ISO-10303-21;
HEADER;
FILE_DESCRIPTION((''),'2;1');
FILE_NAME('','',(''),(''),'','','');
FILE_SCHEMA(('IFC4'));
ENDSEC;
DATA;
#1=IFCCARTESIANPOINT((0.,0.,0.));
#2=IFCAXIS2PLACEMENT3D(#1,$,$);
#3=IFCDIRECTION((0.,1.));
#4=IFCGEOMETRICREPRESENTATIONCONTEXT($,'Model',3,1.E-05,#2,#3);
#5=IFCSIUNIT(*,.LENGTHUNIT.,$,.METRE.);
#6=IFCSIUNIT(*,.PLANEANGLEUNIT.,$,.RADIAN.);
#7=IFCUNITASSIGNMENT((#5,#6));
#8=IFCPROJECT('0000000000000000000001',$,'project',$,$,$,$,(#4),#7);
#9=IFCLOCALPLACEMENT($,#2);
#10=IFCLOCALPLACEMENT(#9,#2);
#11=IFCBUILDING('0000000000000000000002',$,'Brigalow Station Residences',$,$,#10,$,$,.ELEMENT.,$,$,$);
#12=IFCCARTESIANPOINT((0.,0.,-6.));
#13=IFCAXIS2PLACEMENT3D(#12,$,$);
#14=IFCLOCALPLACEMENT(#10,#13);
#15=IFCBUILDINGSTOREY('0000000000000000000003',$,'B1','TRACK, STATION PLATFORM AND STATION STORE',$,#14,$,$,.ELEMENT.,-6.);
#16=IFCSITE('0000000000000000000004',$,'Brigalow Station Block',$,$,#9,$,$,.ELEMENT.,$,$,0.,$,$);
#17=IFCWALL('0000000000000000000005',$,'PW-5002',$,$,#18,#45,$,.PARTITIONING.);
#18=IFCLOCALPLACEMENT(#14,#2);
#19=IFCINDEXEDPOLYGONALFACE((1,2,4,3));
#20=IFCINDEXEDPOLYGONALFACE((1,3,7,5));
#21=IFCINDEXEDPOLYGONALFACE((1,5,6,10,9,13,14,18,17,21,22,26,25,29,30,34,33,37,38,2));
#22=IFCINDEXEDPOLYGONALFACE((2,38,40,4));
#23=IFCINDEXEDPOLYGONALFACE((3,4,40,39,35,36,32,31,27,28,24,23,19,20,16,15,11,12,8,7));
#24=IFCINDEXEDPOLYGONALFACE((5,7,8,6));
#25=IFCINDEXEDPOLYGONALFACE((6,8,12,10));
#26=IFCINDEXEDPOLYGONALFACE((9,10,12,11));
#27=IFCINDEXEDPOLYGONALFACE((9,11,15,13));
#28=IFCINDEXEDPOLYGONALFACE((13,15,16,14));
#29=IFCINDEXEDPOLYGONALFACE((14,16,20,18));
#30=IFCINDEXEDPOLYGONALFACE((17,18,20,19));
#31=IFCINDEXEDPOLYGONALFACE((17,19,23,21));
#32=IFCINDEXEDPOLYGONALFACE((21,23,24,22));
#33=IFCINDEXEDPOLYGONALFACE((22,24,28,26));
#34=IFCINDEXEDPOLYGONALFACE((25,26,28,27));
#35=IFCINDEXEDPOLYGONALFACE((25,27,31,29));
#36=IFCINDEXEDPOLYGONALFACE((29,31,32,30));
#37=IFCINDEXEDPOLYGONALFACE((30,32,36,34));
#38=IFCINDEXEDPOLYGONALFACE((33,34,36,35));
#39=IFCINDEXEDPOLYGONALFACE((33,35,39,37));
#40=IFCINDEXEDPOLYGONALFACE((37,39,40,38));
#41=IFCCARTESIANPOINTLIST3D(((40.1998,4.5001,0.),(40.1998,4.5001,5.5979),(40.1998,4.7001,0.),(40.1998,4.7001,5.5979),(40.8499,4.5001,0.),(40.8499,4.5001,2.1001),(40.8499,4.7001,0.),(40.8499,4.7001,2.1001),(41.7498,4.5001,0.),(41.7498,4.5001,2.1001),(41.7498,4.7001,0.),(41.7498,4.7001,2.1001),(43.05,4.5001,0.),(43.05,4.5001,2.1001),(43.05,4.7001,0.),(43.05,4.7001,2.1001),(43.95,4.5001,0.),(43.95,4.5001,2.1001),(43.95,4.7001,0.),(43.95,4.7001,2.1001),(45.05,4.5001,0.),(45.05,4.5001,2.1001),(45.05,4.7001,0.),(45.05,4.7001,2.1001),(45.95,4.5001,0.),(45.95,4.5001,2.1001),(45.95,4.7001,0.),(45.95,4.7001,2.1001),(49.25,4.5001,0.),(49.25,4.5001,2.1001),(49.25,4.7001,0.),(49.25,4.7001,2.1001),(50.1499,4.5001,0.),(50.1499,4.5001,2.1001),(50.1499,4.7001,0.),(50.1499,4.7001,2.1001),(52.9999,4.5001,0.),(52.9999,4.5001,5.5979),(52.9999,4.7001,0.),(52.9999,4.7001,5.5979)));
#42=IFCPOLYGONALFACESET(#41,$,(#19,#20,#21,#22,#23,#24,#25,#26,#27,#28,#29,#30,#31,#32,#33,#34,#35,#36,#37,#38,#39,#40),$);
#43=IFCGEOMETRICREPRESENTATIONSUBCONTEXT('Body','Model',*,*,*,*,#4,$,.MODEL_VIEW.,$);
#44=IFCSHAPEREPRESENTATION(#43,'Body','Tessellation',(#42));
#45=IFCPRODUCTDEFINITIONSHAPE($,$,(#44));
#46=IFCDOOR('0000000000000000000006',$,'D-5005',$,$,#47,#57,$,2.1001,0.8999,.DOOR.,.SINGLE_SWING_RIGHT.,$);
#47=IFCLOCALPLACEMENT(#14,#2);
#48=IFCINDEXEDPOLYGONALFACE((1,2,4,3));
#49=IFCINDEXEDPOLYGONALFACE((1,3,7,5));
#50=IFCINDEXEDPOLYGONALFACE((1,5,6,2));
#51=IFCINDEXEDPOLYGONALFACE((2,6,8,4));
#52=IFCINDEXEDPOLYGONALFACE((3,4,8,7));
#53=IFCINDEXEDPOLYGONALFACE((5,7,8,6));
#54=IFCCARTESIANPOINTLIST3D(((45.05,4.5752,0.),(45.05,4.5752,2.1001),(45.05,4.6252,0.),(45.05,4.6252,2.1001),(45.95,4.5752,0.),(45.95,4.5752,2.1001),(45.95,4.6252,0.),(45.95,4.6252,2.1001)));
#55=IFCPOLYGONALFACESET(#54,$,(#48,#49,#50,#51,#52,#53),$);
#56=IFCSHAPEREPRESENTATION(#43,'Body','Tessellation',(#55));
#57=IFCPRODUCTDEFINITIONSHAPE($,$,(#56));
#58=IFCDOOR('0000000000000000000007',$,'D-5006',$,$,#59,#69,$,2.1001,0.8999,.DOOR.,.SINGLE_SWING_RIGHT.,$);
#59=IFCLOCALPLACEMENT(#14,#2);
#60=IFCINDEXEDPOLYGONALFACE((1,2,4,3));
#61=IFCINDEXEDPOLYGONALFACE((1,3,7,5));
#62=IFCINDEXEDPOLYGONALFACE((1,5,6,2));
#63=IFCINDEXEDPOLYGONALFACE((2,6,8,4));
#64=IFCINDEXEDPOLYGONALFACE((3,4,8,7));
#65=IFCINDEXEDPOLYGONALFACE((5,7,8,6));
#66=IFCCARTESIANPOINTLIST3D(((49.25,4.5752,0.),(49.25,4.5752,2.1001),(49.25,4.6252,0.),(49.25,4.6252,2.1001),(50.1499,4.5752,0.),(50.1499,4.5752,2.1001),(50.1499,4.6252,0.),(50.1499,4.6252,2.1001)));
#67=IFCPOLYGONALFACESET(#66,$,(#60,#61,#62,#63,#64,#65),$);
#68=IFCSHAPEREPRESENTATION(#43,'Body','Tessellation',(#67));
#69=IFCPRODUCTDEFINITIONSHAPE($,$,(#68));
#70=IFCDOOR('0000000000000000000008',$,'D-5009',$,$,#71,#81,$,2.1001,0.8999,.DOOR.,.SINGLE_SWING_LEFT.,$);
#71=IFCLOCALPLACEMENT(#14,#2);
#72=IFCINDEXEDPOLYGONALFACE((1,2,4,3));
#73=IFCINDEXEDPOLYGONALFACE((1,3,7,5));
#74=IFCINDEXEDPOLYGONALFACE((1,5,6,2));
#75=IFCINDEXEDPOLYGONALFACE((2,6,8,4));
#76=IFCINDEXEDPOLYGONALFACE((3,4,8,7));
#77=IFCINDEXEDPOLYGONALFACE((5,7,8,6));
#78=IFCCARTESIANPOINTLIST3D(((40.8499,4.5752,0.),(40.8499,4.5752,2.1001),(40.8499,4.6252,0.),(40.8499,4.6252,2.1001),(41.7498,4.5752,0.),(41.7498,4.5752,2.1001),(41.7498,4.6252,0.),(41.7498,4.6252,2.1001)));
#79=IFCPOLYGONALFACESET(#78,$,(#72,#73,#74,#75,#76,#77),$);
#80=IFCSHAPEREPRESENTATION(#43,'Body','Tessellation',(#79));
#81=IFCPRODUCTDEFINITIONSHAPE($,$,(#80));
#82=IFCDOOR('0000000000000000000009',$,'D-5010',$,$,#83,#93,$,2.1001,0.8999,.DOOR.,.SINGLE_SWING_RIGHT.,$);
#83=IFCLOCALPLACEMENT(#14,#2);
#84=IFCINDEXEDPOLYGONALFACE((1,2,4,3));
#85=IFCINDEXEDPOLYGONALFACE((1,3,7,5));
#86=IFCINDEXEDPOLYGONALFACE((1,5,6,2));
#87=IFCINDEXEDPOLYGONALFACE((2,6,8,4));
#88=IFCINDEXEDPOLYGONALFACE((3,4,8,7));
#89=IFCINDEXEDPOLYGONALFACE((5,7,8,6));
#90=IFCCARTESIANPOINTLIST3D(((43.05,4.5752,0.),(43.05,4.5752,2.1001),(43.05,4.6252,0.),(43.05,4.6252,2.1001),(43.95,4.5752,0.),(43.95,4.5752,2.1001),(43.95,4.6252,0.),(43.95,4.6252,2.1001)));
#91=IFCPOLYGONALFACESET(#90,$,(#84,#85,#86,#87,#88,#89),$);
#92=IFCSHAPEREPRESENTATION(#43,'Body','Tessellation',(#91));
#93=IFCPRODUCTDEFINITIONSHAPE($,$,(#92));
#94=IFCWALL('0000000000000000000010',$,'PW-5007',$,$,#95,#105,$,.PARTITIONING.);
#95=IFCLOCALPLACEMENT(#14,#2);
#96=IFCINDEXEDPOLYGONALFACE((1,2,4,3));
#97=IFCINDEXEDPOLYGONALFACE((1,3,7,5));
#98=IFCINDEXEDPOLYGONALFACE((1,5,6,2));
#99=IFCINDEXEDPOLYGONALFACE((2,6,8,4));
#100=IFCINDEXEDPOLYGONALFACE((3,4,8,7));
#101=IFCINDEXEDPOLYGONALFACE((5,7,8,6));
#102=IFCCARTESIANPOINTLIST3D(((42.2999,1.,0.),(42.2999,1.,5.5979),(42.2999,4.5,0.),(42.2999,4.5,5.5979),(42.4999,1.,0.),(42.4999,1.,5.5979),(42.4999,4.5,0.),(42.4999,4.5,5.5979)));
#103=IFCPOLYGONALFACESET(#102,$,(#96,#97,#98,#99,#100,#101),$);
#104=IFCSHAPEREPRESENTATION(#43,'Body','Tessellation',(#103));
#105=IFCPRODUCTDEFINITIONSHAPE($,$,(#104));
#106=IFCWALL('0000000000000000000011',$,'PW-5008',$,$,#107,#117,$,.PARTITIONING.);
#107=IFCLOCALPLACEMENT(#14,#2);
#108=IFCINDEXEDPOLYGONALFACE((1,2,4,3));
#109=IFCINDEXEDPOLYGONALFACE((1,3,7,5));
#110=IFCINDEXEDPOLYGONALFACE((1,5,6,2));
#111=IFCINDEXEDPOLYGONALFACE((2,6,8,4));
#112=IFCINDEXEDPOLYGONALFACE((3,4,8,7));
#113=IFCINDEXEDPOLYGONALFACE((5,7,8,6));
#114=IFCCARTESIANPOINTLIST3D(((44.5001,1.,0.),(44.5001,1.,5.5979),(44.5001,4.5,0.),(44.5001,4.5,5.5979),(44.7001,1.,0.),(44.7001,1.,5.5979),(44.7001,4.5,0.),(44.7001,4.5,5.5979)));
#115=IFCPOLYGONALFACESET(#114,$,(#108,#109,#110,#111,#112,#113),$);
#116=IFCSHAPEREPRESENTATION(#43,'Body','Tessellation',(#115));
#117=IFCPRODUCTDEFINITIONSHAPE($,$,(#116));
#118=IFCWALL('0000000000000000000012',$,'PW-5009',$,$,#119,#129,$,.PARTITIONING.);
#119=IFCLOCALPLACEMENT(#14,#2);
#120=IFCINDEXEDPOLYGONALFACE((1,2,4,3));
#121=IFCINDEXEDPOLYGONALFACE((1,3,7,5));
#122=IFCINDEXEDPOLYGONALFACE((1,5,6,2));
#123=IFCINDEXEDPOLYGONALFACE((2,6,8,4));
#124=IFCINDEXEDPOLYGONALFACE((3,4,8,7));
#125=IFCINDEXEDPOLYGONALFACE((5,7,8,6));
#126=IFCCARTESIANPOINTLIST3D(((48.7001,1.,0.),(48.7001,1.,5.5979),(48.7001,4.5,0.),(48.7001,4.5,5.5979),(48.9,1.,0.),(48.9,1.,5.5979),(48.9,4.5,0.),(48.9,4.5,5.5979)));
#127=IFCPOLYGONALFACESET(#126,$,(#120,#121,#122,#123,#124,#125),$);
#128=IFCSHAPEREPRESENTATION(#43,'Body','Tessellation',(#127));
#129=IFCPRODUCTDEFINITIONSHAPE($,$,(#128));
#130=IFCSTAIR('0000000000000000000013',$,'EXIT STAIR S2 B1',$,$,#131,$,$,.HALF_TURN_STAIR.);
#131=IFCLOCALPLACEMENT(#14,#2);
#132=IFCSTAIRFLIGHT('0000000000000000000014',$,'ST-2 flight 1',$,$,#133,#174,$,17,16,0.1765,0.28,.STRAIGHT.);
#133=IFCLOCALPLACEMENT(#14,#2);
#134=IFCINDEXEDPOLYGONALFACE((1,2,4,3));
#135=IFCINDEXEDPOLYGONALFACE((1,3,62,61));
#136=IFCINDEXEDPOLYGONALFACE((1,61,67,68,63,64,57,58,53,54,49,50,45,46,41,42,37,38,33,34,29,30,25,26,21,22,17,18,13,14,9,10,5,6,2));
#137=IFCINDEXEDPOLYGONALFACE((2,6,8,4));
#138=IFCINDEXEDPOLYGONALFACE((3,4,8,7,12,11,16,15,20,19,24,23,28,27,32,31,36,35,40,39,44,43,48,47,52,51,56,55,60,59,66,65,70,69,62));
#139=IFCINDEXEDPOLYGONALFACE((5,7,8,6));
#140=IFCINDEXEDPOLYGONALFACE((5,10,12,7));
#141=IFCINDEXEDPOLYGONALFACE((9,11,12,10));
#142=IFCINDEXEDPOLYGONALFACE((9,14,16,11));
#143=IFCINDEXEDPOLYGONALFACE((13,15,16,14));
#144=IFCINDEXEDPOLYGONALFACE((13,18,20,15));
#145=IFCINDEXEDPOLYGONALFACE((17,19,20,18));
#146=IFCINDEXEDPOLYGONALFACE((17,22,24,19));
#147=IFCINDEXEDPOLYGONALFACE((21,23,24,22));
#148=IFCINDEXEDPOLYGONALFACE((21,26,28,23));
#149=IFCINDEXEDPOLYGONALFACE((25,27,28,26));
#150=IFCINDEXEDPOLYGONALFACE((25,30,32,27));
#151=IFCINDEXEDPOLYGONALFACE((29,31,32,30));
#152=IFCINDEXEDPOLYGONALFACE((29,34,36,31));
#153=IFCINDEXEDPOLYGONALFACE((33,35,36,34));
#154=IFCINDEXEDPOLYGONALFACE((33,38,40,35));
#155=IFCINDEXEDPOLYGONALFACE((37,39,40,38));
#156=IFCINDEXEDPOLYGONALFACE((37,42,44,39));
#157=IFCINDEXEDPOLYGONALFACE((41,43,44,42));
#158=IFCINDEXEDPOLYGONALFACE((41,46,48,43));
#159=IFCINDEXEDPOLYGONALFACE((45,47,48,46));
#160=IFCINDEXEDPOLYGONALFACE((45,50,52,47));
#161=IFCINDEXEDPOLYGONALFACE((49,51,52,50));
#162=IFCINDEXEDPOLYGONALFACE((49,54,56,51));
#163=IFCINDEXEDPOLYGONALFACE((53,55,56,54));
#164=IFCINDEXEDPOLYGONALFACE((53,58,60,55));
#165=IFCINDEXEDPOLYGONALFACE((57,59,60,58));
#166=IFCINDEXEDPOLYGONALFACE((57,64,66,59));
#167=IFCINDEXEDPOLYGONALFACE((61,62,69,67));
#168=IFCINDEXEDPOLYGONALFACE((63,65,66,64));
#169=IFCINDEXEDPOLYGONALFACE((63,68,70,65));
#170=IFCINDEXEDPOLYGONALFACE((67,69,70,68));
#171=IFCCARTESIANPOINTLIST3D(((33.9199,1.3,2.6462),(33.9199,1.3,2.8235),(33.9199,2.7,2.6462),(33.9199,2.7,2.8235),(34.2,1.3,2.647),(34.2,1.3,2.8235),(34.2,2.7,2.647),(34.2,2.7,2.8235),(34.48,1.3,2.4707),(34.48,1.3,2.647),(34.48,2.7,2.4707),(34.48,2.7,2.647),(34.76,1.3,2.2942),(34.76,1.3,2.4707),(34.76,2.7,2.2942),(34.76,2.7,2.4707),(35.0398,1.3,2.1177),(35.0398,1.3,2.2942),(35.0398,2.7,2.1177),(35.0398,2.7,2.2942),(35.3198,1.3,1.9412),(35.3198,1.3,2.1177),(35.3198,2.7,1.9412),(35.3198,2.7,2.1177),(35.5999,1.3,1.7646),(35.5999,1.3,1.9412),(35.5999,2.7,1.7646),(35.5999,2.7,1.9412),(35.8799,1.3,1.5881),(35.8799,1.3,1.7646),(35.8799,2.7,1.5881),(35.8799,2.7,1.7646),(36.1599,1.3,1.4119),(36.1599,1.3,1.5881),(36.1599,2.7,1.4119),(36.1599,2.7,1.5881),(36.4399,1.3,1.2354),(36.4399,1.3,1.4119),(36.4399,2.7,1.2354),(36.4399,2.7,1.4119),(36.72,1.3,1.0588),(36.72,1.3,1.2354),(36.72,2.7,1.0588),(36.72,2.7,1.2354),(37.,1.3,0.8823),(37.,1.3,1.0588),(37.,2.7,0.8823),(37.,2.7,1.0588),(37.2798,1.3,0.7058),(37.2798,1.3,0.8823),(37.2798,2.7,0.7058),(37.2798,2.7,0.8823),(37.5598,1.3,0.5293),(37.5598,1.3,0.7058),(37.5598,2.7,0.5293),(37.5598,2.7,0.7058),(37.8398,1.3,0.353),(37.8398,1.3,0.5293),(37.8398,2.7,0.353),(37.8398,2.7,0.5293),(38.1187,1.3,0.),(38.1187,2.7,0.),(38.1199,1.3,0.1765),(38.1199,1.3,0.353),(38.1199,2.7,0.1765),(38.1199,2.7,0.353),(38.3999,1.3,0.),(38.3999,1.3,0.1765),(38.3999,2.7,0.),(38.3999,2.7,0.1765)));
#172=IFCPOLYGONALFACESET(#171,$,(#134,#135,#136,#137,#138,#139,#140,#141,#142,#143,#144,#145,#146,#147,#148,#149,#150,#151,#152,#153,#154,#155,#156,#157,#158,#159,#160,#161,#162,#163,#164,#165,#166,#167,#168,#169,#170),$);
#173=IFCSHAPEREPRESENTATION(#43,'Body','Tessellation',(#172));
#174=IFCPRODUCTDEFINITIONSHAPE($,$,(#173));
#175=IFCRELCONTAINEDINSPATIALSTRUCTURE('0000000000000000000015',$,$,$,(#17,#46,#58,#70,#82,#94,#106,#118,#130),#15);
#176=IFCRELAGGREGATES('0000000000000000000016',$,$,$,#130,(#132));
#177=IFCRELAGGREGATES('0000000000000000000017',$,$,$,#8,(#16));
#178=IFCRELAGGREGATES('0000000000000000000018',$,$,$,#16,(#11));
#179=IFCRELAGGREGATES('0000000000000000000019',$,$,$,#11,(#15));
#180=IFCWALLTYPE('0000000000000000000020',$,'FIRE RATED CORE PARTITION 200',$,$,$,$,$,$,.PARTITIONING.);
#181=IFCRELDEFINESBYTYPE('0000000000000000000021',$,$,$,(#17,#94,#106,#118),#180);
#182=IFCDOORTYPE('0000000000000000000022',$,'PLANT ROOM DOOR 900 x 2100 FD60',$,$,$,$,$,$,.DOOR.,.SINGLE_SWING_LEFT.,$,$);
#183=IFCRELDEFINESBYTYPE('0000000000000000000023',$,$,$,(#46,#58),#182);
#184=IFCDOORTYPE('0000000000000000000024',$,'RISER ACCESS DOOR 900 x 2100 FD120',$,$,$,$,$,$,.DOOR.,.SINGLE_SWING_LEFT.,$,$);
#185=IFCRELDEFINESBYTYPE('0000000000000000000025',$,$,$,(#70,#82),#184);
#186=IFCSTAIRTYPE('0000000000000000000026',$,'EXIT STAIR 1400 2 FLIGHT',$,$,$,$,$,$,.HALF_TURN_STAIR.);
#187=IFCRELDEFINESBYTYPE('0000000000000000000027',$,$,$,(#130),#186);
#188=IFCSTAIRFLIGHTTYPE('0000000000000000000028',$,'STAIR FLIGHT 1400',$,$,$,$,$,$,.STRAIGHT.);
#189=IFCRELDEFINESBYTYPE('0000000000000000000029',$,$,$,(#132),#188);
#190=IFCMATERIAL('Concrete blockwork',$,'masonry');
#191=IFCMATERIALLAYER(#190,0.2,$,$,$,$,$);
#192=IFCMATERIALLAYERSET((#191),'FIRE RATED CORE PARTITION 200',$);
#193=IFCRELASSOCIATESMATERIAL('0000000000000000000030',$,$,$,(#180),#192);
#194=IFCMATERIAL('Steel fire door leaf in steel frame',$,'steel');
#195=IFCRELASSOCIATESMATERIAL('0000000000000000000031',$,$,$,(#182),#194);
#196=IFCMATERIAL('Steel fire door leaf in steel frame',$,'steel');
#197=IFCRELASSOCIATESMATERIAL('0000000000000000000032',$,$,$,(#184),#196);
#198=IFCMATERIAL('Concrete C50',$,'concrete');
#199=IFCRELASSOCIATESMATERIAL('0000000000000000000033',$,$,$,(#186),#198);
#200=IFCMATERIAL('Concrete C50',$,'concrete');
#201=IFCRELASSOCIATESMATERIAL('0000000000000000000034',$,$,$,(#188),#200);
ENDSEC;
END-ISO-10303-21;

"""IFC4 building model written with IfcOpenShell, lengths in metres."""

from ifc_helpers import new_model, si_unit, direction, frame, frame_2d, origin, place, context, subcontext, project, spatial, polyline, rectangle, outline, extrude, material, layer, layer_set, type_object, element, fill, aggregate, save


model = new_model("IFC4")

# Units and contexts
model_context = context("Model", 3, precision=1e-05, world=origin(), true_north=direction((0.0, 1.0)))
body_context = subcontext(model_context, "Body", "Model", "MODEL_VIEW")
ifc_project = project(units=[si_unit("LENGTHUNIT", "METRE"), si_unit("PLANEANGLEUNIT", "RADIAN")], contexts=[model_context])

# Site, building, storey
site_placement = place(None, origin())
site = spatial("IfcSite", under=ifc_project, at=site_placement, Name="Brigalow Station Block", CompositionType="ELEMENT", RefElevation=0.0)
building_placement = place(site_placement, origin())
building = spatial("IfcBuilding", under=site, at=building_placement, Name="Brigalow Station Residences", CompositionType="ELEMENT")
storey_placement = place(building_placement, frame((0.0, 0.0, -6.0)))
storey = spatial("IfcBuildingStorey", under=building, at=storey_placement, Name="B1", Description="TRACK, STATION PLATFORM AND STATION STORE", CompositionType="ELEMENT", Elevation=-6.0)

# Wall, openings, doors
ifc_material_1 = material(Name="Concrete blockwork", Category="masonry")
ifc_layer_1 = layer(ifc_material_1, 0.2)
ifc_layer_set_1 = layer_set([ifc_layer_1], Name="FIRE RATED CORE PARTITION 200")
wall_type_1 = type_object("IfcWallType", Name="FIRE RATED CORE PARTITION 200", PredefinedType="PARTITIONING", material=ifc_layer_set_1)
wall_1_placement = place(storey_placement, frame((40.2, 4.6001, 0.0), z_axis=(0.0, 0.0, 1.0), x_axis=(1.0, 0.0, 0.0)))
wall_1 = element("IfcWall", 1, at=wall_1_placement, inside=storey, type_object=wall_type_1, Name="PW-5002", PredefinedType="PARTITIONING", context=body_context, shape_type="SweptSolid", body=[
    extrude(rectangle(XDim=12.8, YDim=0.2, at=frame_2d((6.3999, 0.0))), origin(), (0.0, 0.0, 1.0), 5.5979),
])
opening_1_placement = place(wall_1_placement, frame((4.8501, 0.0, 0.0)))
opening_1 = element("IfcOpeningElement", 2, at=opening_1_placement, cuts=wall_1, PredefinedType="OPENING", context=body_context, shape_type="SweptSolid", body=[
    extrude(rectangle(XDim=0.8999, YDim=2.1001, at=frame_2d((0.45, 1.05))), frame((0.0, 0.1099, 0.0), z_axis=(0.0, -1.0, 0.0), x_axis=(1.0, 0.0, 0.0)), (0.0, 0.0, 1.0), 0.22),
])
opening_2_placement = place(wall_1_placement, frame((9.05, 0.0, 0.0)))
opening_2 = element("IfcOpeningElement", 3, at=opening_2_placement, cuts=wall_1, PredefinedType="OPENING", context=body_context, shape_type="SweptSolid", body=[
    extrude(rectangle(XDim=0.8999, YDim=2.1001, at=frame_2d((0.45, 1.05))), frame((0.0, 0.1099, 0.0), z_axis=(0.0, -1.0, 0.0), x_axis=(1.0, 0.0, 0.0)), (0.0, 0.0, 1.0), 0.22),
])
opening_3_placement = place(wall_1_placement, frame((0.6499, 0.0, 0.0)))
opening_3 = element("IfcOpeningElement", 4, at=opening_3_placement, cuts=wall_1, PredefinedType="OPENING", context=body_context, shape_type="SweptSolid", body=[
    extrude(rectangle(XDim=0.8999, YDim=2.1001, at=frame_2d((0.45, 1.05))), frame((0.0, 0.1099, 0.0), z_axis=(0.0, -1.0, 0.0), x_axis=(1.0, 0.0, 0.0)), (0.0, 0.0, 1.0), 0.22),
])
opening_4_placement = place(wall_1_placement, frame((2.8501, 0.0, 0.0)))
opening_4 = element("IfcOpeningElement", 5, at=opening_4_placement, cuts=wall_1, PredefinedType="OPENING", context=body_context, shape_type="SweptSolid", body=[
    extrude(rectangle(XDim=0.8999, YDim=2.1001, at=frame_2d((0.45, 1.05))), frame((0.0, 0.1099, 0.0), z_axis=(0.0, -1.0, 0.0), x_axis=(1.0, 0.0, 0.0)), (0.0, 0.0, 1.0), 0.22),
])
ifc_material_2 = material(Name="Steel fire door leaf in steel frame", Category="steel")
door_type_1 = type_object("IfcDoorType", Name="PLANT ROOM DOOR 900 x 2100 FD60", OperationType="SINGLE_SWING_LEFT", PredefinedType="DOOR", material=ifc_material_2)
door_1_placement = place(opening_1_placement, frame((0.8999, 0.0, 0.0), z_axis=(0.0, 0.0, 1.0), x_axis=(-1.0, 0.0, 0.0)))
door_1 = element("IfcDoor", 6, at=door_1_placement, inside=storey, type_object=door_type_1, Name="D-5005", OperationType="SINGLE_SWING_RIGHT", OverallHeight=2.1001, OverallWidth=0.8999, PredefinedType="DOOR", context=body_context, shape_type="SweptSolid", body=[
    extrude(rectangle(XDim=0.8999, YDim=2.1001, at=frame_2d((0.45, 1.05))), frame((0.0, 0.0249, 0.0), z_axis=(0.0, -1.0, 0.0), x_axis=(1.0, 0.0, 0.0)), (0.0, 0.0, 1.0), 0.05),
])
fill(opening_1, door_1)
door_2_placement = place(opening_2_placement, frame((0.8999, 0.0, 0.0), z_axis=(0.0, 0.0, 1.0), x_axis=(-1.0, 0.0, 0.0)))
door_2 = element("IfcDoor", 7, at=door_2_placement, inside=storey, type_object=door_type_1, Name="D-5006", OperationType="SINGLE_SWING_RIGHT", OverallHeight=2.1001, OverallWidth=0.8999, PredefinedType="DOOR", context=body_context, shape_type="SweptSolid", body=[
    extrude(rectangle(XDim=0.8999, YDim=2.1001, at=frame_2d((0.45, 1.05))), frame((0.0, 0.0249, 0.0), z_axis=(0.0, -1.0, 0.0), x_axis=(1.0, 0.0, 0.0)), (0.0, 0.0, 1.0), 0.05),
])
fill(opening_2, door_2)
ifc_material_3 = material(Name="Steel fire door leaf in steel frame", Category="steel")
door_type_2 = type_object("IfcDoorType", Name="RISER ACCESS DOOR 900 x 2100 FD120", OperationType="SINGLE_SWING_LEFT", PredefinedType="DOOR", material=ifc_material_3)
door_3_placement = place(opening_3_placement, frame((0.8999, 0.0, 0.0), z_axis=(0.0, 0.0, 1.0), x_axis=(-1.0, 0.0, 0.0)))
door_3 = element("IfcDoor", 8, at=door_3_placement, inside=storey, type_object=door_type_2, Name="D-5009", OperationType="SINGLE_SWING_LEFT", OverallHeight=2.1001, OverallWidth=0.8999, PredefinedType="DOOR", context=body_context, shape_type="SweptSolid", body=[
    extrude(rectangle(XDim=0.8999, YDim=2.1001, at=frame_2d((0.45, 1.05))), frame((0.0, 0.0249, 0.0), z_axis=(0.0, -1.0, 0.0), x_axis=(1.0, 0.0, 0.0)), (0.0, 0.0, 1.0), 0.05),
])
fill(opening_3, door_3)
door_4_placement = place(opening_4_placement, frame((0.8999, 0.0, 0.0), z_axis=(0.0, 0.0, 1.0), x_axis=(-1.0, 0.0, 0.0)))
door_4 = element("IfcDoor", 9, at=door_4_placement, inside=storey, type_object=door_type_2, Name="D-5010", OperationType="SINGLE_SWING_RIGHT", OverallHeight=2.1001, OverallWidth=0.8999, PredefinedType="DOOR", context=body_context, shape_type="SweptSolid", body=[
    extrude(rectangle(XDim=0.8999, YDim=2.1001, at=frame_2d((0.45, 1.05))), frame((0.0, 0.0249, 0.0), z_axis=(0.0, -1.0, 0.0), x_axis=(1.0, 0.0, 0.0)), (0.0, 0.0, 1.0), 0.05),
])
fill(opening_4, door_4)

# Walls
for number, where, z_axis, x_axis, name in (
    (10, (42.3999, 1.0, 0.0), (0.0, 0.0, 1.0), (0.0, 1.0, 0.0), "PW-5007"),
    (11, (44.6001, 1.0, 0.0), (0.0, 0.0, 1.0), (0.0, 1.0, 0.0), "PW-5008"),
    (12, (48.8, 1.0, 0.0), (0.0, 0.0, 1.0), (0.0, 1.0, 0.0), "PW-5009"),
):
    element("IfcWall", number, at=place(storey_placement, frame(where, z_axis=z_axis, x_axis=x_axis)), inside=storey, type_object=wall_type_1, Name=name, PredefinedType="PARTITIONING", context=body_context, shape_type="SweptSolid", body=[
        extrude(rectangle(XDim=3.5, YDim=0.2, at=frame_2d((1.75, 0.0))), origin(), (0.0, 0.0, 1.0), 5.5979),
    ])

# Stair, stair flight
ifc_material_4 = material(Name="Concrete C50", Category="concrete")
stair_type = type_object("IfcStairType", Name="EXIT STAIR 1400 2 FLIGHT", PredefinedType="HALF_TURN_STAIR", material=ifc_material_4)
stair_placement = place(storey_placement, origin())
stair = element("IfcStair", 13, at=stair_placement, inside=storey, type_object=stair_type, Name="EXIT STAIR S2 B1", PredefinedType="HALF_TURN_STAIR")
ifc_material_5 = material(Name="Concrete C50", Category="concrete")
stair_flight_type = type_object("IfcStairFlightType", Name="STAIR FLIGHT 1400", PredefinedType="STRAIGHT", material=ifc_material_5)
stair_flight_placement = place(storey_placement, frame((38.3999, 2.0, 0.0), z_axis=(0.0, 0.0, 1.0), x_axis=(-1.0, 0.0, 0.0)))
stair_flight = element("IfcStairFlight", 14, at=stair_flight_placement, type_object=stair_flight_type, Name="ST-2 flight 1", NumberOfRisers=17, NumberOfTreads=16, PredefinedType="STRAIGHT", RiserHeight=0.1765, TreadLength=0.28, context=body_context, shape_type="SweptSolid", body=[
    extrude(outline(polyline([(0.0, 0.0), (0.0, 0.1765), (0.28, 0.1765), (0.28, 0.353), (0.5601, 0.353), (0.5601, 0.5293), (0.8401, 0.5293), (0.8401, 0.7058), (1.1201, 0.7058), (1.1201, 0.8823), (1.3999, 0.8823), (1.3999, 1.0588), (1.6799, 1.0588), (1.6799, 1.2354), (1.96, 1.2354), (1.96, 1.4119), (2.24, 1.4119), (2.24, 1.5881), (2.52, 1.5881), (2.52, 1.7646), (2.8, 1.7646), (2.8, 1.9412), (3.0801, 1.9412), (3.0801, 2.1177), (3.3601, 2.1177), (3.3601, 2.2942), (3.6399, 2.2942), (3.6399, 2.4707), (3.9199, 2.4707), (3.9199, 2.647), (4.2, 2.647), (4.2, 2.8235), (4.48, 2.8235), (4.48, 3.0), (4.48, 2.6462), (0.2812, 0.0), (0.0, 0.0)])), frame((0.0, 0.7, 0.0), z_axis=(0.0, -1.0, 0.0), x_axis=(1.0, 0.0, 0.0)), (0.0, 0.0, 1.0), 1.3999),
])
aggregate(stair, [stair_flight])

save(model, "model.ifc")
